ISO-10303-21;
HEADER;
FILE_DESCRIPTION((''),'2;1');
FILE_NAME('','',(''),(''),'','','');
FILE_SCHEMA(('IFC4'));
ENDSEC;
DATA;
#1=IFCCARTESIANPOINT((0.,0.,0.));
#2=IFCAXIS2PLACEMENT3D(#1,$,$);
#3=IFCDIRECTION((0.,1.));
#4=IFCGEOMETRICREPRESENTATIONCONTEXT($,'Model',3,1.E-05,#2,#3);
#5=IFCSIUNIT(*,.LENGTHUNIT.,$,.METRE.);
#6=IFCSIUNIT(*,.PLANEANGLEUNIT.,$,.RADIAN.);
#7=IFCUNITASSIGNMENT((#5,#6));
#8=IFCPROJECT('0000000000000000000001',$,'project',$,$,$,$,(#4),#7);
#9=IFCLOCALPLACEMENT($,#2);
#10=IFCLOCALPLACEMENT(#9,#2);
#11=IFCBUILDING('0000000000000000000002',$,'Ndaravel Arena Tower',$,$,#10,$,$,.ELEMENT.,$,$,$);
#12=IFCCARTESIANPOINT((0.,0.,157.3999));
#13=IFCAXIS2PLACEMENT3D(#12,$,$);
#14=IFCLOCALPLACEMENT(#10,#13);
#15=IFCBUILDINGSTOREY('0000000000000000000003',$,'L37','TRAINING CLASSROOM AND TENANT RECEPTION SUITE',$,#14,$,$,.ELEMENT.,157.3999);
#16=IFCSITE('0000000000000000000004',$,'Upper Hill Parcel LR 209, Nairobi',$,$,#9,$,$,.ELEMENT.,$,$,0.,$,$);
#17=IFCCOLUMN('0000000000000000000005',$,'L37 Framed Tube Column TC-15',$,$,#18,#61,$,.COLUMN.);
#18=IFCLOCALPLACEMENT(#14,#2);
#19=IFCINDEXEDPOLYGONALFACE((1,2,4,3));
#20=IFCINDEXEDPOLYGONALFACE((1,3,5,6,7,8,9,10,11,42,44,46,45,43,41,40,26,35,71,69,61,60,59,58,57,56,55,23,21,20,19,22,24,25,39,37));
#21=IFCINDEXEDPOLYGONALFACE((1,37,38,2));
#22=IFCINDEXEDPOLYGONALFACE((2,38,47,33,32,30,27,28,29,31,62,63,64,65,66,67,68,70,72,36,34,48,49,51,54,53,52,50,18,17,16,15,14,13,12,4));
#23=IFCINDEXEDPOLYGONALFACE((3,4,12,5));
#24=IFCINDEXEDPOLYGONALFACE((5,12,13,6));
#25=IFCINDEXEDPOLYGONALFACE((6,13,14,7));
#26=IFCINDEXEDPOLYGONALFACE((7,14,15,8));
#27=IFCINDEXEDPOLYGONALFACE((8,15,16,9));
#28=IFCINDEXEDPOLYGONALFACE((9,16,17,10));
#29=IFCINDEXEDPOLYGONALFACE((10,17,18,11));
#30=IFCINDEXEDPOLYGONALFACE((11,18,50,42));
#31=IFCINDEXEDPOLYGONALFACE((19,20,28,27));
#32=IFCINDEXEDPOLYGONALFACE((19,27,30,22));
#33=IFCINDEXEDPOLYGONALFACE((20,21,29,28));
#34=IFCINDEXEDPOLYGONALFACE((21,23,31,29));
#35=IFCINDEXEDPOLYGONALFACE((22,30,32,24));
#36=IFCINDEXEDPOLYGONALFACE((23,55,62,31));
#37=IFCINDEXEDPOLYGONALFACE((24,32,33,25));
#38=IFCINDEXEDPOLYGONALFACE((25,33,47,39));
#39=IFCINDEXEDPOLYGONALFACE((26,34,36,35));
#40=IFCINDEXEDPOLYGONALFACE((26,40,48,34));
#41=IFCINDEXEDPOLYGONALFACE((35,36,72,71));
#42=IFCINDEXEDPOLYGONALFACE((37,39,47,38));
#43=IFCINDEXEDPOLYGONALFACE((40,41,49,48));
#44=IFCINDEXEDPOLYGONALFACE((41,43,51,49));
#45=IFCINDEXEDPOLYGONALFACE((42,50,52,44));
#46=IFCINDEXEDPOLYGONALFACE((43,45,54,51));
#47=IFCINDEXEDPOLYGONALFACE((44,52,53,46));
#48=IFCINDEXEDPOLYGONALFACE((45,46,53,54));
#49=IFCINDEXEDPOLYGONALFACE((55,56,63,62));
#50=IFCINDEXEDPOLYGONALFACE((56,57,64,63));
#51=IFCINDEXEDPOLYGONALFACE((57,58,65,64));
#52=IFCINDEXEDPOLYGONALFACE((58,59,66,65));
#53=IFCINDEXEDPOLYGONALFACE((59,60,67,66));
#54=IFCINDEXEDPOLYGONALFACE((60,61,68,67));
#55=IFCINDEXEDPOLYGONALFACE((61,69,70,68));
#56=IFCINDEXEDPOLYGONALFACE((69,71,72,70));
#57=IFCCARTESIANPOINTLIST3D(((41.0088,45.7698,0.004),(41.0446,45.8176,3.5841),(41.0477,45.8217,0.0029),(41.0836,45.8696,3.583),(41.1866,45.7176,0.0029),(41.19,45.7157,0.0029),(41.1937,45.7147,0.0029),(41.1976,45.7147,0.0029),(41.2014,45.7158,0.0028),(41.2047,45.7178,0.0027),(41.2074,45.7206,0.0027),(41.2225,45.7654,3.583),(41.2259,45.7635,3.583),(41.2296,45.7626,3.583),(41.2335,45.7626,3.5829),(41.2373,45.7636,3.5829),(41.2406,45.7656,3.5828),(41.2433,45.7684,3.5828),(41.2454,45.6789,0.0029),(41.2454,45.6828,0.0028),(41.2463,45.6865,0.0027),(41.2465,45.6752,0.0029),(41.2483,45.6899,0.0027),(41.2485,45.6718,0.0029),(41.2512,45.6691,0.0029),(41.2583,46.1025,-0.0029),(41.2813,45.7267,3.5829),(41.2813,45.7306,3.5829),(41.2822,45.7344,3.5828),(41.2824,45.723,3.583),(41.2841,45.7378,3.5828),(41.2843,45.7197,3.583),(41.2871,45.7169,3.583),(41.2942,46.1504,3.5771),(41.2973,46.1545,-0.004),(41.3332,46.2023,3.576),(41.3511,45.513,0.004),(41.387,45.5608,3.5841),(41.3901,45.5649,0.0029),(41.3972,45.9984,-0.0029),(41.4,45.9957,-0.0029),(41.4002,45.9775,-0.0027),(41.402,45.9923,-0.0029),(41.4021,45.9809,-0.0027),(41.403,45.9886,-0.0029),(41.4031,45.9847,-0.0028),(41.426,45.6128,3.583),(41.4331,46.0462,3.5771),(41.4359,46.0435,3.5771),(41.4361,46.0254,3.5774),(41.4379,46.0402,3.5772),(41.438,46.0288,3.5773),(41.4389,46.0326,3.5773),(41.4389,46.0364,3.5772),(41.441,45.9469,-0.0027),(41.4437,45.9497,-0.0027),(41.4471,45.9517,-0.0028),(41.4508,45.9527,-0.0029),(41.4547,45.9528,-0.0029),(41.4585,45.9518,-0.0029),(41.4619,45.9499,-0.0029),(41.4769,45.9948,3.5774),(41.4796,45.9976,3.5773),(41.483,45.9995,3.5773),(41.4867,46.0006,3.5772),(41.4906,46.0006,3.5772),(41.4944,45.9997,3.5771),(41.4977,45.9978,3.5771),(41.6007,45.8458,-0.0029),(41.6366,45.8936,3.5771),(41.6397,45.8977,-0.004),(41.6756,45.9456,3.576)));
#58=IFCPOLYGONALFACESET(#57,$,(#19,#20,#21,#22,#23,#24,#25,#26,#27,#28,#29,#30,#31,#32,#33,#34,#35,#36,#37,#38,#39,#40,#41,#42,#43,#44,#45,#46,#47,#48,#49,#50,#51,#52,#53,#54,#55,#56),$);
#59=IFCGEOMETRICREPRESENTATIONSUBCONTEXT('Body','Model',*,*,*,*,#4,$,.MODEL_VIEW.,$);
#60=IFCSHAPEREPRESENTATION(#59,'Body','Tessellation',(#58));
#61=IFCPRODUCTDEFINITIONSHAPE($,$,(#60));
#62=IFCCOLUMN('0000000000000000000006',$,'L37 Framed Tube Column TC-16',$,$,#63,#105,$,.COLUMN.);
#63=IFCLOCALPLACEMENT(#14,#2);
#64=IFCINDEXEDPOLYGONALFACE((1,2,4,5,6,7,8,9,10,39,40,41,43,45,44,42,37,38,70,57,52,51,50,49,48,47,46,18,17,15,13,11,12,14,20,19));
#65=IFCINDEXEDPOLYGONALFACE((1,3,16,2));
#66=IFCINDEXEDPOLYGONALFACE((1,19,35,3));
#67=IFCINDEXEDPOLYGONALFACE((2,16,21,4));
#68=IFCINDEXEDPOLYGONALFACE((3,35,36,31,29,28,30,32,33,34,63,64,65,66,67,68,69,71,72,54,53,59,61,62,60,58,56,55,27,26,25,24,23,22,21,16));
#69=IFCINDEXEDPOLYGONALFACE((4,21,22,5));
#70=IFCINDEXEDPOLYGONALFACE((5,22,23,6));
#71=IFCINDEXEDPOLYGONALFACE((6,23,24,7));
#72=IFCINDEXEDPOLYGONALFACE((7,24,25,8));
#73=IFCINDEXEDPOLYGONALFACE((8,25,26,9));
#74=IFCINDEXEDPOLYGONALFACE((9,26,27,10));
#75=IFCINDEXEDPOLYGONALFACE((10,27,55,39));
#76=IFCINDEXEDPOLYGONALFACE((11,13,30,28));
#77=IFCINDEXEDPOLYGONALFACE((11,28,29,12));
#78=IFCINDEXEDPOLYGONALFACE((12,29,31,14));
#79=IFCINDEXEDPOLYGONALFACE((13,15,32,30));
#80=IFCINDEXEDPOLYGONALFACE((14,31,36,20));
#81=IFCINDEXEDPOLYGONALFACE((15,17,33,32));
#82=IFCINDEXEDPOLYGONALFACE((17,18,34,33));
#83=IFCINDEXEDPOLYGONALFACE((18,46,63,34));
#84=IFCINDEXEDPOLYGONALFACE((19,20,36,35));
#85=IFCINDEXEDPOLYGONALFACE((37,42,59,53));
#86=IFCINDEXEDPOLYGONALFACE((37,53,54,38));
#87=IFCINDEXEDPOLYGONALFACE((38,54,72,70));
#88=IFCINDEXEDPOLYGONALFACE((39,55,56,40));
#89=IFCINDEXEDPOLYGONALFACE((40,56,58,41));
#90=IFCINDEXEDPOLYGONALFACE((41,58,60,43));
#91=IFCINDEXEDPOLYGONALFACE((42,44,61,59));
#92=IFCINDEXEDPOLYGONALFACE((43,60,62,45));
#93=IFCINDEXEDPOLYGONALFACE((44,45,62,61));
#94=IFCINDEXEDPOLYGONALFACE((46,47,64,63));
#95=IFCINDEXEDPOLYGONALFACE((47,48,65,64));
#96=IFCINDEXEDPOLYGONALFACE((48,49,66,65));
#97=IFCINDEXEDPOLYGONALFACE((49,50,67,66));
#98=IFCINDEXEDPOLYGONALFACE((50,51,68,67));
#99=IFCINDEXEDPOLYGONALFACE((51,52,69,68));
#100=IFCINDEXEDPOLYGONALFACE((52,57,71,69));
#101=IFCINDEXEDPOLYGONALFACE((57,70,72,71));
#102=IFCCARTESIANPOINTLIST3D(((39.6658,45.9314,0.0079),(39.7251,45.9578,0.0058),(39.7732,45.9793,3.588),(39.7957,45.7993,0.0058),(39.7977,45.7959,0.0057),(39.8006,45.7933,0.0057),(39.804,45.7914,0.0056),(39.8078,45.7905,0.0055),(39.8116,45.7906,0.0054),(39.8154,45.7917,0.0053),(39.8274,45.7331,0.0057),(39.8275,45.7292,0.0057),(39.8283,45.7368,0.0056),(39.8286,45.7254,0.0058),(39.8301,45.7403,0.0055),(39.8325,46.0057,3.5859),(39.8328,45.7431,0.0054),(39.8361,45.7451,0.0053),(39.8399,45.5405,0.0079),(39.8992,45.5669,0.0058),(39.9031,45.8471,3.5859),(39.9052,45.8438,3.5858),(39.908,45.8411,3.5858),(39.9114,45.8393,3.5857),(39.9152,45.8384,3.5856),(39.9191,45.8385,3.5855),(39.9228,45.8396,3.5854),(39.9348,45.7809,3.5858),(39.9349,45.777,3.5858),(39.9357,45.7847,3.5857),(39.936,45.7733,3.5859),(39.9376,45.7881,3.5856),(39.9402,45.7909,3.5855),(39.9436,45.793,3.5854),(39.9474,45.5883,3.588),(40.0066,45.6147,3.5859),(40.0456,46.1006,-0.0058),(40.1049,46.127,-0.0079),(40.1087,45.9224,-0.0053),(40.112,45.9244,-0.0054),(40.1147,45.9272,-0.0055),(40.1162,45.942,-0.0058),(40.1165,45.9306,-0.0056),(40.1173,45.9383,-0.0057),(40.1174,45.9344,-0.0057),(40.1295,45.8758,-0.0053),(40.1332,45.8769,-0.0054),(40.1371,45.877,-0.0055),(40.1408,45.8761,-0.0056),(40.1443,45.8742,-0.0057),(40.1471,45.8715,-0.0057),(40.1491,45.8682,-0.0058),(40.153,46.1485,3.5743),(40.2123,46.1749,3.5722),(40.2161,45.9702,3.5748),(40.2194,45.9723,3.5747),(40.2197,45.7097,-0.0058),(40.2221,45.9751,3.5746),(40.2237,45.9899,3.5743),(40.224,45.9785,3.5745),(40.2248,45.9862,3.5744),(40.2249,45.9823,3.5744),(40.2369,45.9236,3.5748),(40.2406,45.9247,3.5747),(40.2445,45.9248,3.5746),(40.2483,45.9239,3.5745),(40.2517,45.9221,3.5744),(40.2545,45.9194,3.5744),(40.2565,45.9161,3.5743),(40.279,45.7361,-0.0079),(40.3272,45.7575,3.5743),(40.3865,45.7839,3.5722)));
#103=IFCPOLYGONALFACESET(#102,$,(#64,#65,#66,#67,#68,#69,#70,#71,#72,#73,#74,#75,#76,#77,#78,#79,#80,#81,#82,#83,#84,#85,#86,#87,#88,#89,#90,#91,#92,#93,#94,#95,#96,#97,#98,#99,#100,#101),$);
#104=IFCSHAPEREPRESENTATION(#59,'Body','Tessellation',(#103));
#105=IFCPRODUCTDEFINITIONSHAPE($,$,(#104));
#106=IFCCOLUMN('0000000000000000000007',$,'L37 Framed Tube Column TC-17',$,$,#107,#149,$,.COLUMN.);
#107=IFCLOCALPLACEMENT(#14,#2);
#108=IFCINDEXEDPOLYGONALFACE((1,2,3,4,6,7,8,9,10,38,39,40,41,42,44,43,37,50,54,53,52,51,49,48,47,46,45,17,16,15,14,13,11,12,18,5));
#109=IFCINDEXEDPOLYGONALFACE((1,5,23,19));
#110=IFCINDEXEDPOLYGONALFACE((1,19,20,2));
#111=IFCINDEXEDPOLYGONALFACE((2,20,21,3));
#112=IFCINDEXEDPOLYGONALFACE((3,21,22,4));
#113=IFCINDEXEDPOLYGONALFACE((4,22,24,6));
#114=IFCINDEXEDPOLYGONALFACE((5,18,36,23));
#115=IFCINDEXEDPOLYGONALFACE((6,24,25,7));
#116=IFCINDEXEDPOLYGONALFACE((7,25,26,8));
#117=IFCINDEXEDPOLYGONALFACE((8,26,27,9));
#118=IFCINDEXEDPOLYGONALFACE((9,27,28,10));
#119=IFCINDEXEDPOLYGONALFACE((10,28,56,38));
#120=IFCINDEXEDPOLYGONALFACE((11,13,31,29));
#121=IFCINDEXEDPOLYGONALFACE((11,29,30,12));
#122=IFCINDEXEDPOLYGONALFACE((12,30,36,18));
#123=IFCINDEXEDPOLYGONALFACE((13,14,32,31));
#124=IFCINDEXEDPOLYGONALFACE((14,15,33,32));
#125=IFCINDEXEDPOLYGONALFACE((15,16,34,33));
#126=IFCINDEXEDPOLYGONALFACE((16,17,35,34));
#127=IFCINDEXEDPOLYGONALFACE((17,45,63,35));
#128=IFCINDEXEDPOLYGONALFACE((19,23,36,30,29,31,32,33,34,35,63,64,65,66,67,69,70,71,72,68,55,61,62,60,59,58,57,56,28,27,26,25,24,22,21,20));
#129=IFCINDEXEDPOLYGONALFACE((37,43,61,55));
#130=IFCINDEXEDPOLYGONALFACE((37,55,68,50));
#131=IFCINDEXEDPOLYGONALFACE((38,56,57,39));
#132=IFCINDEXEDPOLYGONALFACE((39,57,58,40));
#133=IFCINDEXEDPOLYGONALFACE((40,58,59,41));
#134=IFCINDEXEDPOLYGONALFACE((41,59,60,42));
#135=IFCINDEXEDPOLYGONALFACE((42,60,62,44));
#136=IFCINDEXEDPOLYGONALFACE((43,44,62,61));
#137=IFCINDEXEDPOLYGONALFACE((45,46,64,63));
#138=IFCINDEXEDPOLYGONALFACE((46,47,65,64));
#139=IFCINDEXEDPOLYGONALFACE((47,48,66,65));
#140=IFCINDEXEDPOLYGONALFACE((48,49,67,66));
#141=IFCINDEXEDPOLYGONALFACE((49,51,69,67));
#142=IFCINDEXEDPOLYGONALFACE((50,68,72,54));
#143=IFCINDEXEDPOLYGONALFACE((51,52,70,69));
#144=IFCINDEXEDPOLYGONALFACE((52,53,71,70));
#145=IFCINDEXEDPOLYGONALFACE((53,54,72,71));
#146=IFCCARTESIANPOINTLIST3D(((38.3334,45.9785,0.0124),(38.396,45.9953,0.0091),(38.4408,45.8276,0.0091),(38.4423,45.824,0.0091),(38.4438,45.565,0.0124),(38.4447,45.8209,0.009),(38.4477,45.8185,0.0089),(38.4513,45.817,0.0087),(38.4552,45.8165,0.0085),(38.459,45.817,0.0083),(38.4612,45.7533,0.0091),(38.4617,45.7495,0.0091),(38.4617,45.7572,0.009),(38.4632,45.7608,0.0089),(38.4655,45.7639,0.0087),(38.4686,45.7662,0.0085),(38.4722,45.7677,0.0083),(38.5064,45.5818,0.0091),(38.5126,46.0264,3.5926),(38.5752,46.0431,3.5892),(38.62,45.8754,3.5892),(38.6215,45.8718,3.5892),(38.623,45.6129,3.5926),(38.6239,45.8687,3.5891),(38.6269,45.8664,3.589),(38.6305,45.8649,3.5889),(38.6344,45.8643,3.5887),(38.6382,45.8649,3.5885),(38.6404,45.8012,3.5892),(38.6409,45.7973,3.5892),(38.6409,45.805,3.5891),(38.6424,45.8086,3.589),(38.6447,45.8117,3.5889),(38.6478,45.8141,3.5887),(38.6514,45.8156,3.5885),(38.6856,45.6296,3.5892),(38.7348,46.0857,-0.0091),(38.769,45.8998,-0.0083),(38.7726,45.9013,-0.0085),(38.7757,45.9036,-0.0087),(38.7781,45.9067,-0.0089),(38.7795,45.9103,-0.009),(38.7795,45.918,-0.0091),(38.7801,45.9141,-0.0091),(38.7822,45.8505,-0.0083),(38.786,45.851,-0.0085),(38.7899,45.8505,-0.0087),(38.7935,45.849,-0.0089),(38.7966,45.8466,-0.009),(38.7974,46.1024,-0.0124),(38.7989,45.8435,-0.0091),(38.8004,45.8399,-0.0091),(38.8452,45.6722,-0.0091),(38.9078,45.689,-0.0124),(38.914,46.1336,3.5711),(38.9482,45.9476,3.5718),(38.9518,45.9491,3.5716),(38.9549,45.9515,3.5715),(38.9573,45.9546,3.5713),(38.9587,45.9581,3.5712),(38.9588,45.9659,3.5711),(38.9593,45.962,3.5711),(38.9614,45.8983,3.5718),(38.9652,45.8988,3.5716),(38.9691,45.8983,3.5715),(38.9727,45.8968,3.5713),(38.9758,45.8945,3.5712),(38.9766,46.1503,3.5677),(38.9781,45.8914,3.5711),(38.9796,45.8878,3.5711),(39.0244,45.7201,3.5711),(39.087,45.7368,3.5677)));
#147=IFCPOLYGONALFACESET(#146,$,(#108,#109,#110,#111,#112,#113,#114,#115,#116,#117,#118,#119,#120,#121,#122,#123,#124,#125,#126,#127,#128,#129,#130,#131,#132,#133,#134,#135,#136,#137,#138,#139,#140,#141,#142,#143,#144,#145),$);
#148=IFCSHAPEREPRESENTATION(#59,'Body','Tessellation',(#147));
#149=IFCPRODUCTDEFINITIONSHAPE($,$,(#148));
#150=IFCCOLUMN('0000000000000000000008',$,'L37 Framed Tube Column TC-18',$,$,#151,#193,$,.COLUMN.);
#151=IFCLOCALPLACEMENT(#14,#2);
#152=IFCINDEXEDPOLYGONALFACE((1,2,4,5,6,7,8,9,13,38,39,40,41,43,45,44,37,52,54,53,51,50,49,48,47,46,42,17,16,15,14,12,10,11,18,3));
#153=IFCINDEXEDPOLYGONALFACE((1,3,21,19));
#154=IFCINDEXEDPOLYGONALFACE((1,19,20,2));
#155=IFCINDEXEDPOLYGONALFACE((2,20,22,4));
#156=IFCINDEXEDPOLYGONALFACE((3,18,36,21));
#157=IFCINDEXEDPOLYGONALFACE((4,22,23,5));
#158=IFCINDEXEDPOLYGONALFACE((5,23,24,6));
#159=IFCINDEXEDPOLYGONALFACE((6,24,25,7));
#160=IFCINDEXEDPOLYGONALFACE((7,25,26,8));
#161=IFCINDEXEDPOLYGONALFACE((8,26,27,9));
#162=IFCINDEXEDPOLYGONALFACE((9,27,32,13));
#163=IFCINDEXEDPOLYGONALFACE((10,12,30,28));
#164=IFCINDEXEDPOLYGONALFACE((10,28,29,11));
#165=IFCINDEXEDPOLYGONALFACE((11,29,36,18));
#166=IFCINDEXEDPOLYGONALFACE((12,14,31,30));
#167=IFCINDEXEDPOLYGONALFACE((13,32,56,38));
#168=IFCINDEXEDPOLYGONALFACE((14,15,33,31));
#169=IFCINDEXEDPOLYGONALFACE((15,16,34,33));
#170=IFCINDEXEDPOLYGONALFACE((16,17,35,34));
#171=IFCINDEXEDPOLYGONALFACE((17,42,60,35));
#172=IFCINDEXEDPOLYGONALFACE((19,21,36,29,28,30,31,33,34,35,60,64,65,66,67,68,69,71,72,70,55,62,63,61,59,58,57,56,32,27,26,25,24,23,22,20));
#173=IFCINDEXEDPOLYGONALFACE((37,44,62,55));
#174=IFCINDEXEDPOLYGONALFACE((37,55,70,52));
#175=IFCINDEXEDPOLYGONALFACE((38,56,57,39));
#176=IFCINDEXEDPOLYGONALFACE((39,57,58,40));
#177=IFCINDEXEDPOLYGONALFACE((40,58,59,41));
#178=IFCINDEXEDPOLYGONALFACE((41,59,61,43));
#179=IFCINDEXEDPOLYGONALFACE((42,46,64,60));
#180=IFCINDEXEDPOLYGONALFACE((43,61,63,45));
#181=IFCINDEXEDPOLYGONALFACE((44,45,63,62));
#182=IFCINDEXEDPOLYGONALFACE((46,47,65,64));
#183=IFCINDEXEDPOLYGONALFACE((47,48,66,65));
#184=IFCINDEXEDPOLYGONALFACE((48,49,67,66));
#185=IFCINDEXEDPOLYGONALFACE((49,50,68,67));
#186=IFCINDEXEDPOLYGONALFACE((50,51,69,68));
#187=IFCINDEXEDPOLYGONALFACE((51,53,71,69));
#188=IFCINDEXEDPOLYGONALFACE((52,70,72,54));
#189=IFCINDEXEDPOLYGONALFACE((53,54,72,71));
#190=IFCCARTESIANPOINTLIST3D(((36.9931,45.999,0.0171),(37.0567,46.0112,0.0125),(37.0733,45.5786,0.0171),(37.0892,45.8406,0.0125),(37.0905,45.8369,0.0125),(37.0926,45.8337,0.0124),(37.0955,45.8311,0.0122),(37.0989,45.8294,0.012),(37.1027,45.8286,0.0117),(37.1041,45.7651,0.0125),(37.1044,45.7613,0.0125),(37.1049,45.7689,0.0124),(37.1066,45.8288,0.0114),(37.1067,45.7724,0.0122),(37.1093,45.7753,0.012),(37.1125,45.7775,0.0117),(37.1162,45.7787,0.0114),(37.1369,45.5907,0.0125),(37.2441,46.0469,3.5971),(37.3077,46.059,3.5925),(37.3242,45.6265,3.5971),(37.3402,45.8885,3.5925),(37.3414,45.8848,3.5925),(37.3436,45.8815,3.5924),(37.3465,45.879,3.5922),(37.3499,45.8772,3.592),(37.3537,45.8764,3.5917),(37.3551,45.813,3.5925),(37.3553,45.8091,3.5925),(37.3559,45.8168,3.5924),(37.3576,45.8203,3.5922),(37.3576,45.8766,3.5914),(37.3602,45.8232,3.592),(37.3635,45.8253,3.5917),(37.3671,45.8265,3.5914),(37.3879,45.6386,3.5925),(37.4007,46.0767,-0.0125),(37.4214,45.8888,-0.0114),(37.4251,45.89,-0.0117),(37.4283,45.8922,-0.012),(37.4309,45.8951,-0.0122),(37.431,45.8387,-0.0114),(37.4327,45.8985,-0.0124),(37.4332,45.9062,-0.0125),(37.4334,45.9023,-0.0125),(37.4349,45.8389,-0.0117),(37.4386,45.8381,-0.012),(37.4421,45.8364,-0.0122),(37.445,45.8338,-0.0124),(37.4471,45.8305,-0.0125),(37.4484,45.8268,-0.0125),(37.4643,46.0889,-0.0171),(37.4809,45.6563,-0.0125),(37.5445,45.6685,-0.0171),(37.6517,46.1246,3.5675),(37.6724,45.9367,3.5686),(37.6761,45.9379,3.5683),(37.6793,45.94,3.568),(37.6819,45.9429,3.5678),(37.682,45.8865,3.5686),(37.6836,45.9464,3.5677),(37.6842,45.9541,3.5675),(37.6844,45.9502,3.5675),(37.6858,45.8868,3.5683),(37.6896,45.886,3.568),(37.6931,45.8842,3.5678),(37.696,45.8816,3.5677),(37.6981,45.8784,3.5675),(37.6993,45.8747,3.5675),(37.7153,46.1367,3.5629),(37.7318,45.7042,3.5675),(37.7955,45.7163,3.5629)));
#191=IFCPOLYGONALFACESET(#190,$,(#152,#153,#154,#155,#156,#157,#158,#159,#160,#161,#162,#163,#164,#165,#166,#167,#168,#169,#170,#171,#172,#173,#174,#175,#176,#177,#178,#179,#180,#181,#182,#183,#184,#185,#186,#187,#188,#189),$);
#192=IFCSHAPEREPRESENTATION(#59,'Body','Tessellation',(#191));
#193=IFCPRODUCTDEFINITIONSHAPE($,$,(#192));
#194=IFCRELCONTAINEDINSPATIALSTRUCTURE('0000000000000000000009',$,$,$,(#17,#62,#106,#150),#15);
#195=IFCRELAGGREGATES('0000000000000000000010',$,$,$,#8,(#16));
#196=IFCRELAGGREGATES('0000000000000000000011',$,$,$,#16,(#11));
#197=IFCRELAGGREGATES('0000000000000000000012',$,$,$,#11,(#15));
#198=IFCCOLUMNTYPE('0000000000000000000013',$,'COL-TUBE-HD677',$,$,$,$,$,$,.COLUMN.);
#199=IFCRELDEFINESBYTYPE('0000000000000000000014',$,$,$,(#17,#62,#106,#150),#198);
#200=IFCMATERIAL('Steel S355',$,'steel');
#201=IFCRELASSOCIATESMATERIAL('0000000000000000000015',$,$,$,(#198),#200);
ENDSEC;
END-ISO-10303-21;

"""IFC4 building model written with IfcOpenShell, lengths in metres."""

from ifc_helpers import new_model, si_unit, direction, frame, origin, origin_2d, place, context, subcontext, project, spatial, i_section, extrude, material, material_profile, profile_set, type_object, element, save


model = new_model("IFC4")

# Units and contexts
model_context = context("Model", 3, precision=1e-05, world=origin(), true_north=direction((0.0, 1.0)))
body_context = subcontext(model_context, "Body", "Model", "MODEL_VIEW")
ifc_project = project(units=[si_unit("LENGTHUNIT", "METRE"), si_unit("PLANEANGLEUNIT", "RADIAN")], contexts=[model_context])

# Site, building, storey
site_placement = place(None, origin())
site = spatial("IfcSite", under=ifc_project, at=site_placement, Name="Upper Hill Parcel LR 209, Nairobi", CompositionType="ELEMENT", RefElevation=0.0)
building_placement = place(site_placement, origin())
building = spatial("IfcBuilding", under=site, at=building_placement, Name="Ndaravel Arena Tower", CompositionType="ELEMENT")
storey_placement = place(building_placement, frame((0.0, 0.0, 157.3999)))
storey = spatial("IfcBuildingStorey", under=building, at=storey_placement, Name="L37", Description="TRAINING CLASSROOM AND TENANT RECEPTION SUITE", CompositionType="ELEMENT", Elevation=157.3999)

# Columns
ifc_material_1 = material(Name="Steel S355", Category="steel")
ifc_material_profile_1 = material_profile(ifc_material_1, i_section(OverallWidth=0.428, OverallDepth=0.481, WebThickness=0.051, FlangeThickness=0.0649, FilletRadius=0.0149, at=origin_2d()), Name="HD 400x677")
ifc_profile_set_1 = profile_set([ifc_material_profile_1], Name="Steel S355")
column_type = type_object("IfcColumnType", Name="COL-TUBE-HD677", PredefinedType="COLUMN", material=ifc_profile_set_1)
column_1_placement = place(storey_placement, frame((41.3242, 45.8337, 0.0), z_axis=(0.010023, 0.013364, 0.99986), x_axis=(-0.8, 0.6, 0.0)))
element("IfcColumn", 1, at=column_1_placement, inside=storey, type_object=column_type, Name="L37 Framed Tube Column TC-15", PredefinedType="COLUMN", context=body_context, shape_type="SweptSolid", body=[
    extrude(i_section(OverallWidth=0.428, OverallDepth=0.481, WebThickness=0.051, FlangeThickness=0.0649, FilletRadius=0.0149, at=origin_2d()), origin(), (0.0, 0.0, 1.0), 3.5806),
])
column_2_placement = place(storey_placement, frame((39.9724, 45.8337, 0.0), z_axis=(0.029989, 0.013359, 0.999461), x_axis=(-0.406909, 0.913469, 0.0)))
element("IfcColumn", 2, at=column_2_placement, inside=storey, type_object=column_type, Name="L37 Framed Tube Column TC-16", PredefinedType="COLUMN", context=body_context, shape_type="SweptSolid", body=[
    extrude(i_section(OverallWidth=0.428, OverallDepth=0.481, WebThickness=0.051, FlangeThickness=0.0649, FilletRadius=0.0149, at=origin_2d()), origin(), (0.0, 0.0, 1.0), 3.582),
])
column_3_placement = place(storey_placement, frame((38.6206, 45.8337, 0.0), z_axis=(0.049988, 0.013348, 0.998661), x_axis=(-0.25799, 0.966147, 0.0)))
element("IfcColumn", 3, at=column_3_placement, inside=storey, type_object=column_type, Name="L37 Framed Tube Column TC-17", PredefinedType="COLUMN", context=body_context, shape_type="SweptSolid", body=[
    extrude(i_section(OverallWidth=0.428, OverallDepth=0.481, WebThickness=0.051, FlangeThickness=0.0649, FilletRadius=0.0149, at=origin_2d()), origin(), (0.0, 0.0, 1.0), 3.585),
])
column_4_placement = place(storey_placement, frame((37.2688, 45.8337, 0.0), z_axis=(0.069926, 0.013332, 0.997463), x_axis=(-0.187288, 0.982305, 0.0)))
element("IfcColumn", 4, at=column_4_placement, inside=storey, type_object=column_type, Name="L37 Framed Tube Column TC-18", PredefinedType="COLUMN", context=body_context, shape_type="SweptSolid", body=[
    extrude(i_section(OverallWidth=0.428, OverallDepth=0.481, WebThickness=0.051, FlangeThickness=0.0649, FilletRadius=0.0149, at=origin_2d()), origin(), (0.0, 0.0, 1.0), 3.5891),
])

save(model, "model.ifc")
